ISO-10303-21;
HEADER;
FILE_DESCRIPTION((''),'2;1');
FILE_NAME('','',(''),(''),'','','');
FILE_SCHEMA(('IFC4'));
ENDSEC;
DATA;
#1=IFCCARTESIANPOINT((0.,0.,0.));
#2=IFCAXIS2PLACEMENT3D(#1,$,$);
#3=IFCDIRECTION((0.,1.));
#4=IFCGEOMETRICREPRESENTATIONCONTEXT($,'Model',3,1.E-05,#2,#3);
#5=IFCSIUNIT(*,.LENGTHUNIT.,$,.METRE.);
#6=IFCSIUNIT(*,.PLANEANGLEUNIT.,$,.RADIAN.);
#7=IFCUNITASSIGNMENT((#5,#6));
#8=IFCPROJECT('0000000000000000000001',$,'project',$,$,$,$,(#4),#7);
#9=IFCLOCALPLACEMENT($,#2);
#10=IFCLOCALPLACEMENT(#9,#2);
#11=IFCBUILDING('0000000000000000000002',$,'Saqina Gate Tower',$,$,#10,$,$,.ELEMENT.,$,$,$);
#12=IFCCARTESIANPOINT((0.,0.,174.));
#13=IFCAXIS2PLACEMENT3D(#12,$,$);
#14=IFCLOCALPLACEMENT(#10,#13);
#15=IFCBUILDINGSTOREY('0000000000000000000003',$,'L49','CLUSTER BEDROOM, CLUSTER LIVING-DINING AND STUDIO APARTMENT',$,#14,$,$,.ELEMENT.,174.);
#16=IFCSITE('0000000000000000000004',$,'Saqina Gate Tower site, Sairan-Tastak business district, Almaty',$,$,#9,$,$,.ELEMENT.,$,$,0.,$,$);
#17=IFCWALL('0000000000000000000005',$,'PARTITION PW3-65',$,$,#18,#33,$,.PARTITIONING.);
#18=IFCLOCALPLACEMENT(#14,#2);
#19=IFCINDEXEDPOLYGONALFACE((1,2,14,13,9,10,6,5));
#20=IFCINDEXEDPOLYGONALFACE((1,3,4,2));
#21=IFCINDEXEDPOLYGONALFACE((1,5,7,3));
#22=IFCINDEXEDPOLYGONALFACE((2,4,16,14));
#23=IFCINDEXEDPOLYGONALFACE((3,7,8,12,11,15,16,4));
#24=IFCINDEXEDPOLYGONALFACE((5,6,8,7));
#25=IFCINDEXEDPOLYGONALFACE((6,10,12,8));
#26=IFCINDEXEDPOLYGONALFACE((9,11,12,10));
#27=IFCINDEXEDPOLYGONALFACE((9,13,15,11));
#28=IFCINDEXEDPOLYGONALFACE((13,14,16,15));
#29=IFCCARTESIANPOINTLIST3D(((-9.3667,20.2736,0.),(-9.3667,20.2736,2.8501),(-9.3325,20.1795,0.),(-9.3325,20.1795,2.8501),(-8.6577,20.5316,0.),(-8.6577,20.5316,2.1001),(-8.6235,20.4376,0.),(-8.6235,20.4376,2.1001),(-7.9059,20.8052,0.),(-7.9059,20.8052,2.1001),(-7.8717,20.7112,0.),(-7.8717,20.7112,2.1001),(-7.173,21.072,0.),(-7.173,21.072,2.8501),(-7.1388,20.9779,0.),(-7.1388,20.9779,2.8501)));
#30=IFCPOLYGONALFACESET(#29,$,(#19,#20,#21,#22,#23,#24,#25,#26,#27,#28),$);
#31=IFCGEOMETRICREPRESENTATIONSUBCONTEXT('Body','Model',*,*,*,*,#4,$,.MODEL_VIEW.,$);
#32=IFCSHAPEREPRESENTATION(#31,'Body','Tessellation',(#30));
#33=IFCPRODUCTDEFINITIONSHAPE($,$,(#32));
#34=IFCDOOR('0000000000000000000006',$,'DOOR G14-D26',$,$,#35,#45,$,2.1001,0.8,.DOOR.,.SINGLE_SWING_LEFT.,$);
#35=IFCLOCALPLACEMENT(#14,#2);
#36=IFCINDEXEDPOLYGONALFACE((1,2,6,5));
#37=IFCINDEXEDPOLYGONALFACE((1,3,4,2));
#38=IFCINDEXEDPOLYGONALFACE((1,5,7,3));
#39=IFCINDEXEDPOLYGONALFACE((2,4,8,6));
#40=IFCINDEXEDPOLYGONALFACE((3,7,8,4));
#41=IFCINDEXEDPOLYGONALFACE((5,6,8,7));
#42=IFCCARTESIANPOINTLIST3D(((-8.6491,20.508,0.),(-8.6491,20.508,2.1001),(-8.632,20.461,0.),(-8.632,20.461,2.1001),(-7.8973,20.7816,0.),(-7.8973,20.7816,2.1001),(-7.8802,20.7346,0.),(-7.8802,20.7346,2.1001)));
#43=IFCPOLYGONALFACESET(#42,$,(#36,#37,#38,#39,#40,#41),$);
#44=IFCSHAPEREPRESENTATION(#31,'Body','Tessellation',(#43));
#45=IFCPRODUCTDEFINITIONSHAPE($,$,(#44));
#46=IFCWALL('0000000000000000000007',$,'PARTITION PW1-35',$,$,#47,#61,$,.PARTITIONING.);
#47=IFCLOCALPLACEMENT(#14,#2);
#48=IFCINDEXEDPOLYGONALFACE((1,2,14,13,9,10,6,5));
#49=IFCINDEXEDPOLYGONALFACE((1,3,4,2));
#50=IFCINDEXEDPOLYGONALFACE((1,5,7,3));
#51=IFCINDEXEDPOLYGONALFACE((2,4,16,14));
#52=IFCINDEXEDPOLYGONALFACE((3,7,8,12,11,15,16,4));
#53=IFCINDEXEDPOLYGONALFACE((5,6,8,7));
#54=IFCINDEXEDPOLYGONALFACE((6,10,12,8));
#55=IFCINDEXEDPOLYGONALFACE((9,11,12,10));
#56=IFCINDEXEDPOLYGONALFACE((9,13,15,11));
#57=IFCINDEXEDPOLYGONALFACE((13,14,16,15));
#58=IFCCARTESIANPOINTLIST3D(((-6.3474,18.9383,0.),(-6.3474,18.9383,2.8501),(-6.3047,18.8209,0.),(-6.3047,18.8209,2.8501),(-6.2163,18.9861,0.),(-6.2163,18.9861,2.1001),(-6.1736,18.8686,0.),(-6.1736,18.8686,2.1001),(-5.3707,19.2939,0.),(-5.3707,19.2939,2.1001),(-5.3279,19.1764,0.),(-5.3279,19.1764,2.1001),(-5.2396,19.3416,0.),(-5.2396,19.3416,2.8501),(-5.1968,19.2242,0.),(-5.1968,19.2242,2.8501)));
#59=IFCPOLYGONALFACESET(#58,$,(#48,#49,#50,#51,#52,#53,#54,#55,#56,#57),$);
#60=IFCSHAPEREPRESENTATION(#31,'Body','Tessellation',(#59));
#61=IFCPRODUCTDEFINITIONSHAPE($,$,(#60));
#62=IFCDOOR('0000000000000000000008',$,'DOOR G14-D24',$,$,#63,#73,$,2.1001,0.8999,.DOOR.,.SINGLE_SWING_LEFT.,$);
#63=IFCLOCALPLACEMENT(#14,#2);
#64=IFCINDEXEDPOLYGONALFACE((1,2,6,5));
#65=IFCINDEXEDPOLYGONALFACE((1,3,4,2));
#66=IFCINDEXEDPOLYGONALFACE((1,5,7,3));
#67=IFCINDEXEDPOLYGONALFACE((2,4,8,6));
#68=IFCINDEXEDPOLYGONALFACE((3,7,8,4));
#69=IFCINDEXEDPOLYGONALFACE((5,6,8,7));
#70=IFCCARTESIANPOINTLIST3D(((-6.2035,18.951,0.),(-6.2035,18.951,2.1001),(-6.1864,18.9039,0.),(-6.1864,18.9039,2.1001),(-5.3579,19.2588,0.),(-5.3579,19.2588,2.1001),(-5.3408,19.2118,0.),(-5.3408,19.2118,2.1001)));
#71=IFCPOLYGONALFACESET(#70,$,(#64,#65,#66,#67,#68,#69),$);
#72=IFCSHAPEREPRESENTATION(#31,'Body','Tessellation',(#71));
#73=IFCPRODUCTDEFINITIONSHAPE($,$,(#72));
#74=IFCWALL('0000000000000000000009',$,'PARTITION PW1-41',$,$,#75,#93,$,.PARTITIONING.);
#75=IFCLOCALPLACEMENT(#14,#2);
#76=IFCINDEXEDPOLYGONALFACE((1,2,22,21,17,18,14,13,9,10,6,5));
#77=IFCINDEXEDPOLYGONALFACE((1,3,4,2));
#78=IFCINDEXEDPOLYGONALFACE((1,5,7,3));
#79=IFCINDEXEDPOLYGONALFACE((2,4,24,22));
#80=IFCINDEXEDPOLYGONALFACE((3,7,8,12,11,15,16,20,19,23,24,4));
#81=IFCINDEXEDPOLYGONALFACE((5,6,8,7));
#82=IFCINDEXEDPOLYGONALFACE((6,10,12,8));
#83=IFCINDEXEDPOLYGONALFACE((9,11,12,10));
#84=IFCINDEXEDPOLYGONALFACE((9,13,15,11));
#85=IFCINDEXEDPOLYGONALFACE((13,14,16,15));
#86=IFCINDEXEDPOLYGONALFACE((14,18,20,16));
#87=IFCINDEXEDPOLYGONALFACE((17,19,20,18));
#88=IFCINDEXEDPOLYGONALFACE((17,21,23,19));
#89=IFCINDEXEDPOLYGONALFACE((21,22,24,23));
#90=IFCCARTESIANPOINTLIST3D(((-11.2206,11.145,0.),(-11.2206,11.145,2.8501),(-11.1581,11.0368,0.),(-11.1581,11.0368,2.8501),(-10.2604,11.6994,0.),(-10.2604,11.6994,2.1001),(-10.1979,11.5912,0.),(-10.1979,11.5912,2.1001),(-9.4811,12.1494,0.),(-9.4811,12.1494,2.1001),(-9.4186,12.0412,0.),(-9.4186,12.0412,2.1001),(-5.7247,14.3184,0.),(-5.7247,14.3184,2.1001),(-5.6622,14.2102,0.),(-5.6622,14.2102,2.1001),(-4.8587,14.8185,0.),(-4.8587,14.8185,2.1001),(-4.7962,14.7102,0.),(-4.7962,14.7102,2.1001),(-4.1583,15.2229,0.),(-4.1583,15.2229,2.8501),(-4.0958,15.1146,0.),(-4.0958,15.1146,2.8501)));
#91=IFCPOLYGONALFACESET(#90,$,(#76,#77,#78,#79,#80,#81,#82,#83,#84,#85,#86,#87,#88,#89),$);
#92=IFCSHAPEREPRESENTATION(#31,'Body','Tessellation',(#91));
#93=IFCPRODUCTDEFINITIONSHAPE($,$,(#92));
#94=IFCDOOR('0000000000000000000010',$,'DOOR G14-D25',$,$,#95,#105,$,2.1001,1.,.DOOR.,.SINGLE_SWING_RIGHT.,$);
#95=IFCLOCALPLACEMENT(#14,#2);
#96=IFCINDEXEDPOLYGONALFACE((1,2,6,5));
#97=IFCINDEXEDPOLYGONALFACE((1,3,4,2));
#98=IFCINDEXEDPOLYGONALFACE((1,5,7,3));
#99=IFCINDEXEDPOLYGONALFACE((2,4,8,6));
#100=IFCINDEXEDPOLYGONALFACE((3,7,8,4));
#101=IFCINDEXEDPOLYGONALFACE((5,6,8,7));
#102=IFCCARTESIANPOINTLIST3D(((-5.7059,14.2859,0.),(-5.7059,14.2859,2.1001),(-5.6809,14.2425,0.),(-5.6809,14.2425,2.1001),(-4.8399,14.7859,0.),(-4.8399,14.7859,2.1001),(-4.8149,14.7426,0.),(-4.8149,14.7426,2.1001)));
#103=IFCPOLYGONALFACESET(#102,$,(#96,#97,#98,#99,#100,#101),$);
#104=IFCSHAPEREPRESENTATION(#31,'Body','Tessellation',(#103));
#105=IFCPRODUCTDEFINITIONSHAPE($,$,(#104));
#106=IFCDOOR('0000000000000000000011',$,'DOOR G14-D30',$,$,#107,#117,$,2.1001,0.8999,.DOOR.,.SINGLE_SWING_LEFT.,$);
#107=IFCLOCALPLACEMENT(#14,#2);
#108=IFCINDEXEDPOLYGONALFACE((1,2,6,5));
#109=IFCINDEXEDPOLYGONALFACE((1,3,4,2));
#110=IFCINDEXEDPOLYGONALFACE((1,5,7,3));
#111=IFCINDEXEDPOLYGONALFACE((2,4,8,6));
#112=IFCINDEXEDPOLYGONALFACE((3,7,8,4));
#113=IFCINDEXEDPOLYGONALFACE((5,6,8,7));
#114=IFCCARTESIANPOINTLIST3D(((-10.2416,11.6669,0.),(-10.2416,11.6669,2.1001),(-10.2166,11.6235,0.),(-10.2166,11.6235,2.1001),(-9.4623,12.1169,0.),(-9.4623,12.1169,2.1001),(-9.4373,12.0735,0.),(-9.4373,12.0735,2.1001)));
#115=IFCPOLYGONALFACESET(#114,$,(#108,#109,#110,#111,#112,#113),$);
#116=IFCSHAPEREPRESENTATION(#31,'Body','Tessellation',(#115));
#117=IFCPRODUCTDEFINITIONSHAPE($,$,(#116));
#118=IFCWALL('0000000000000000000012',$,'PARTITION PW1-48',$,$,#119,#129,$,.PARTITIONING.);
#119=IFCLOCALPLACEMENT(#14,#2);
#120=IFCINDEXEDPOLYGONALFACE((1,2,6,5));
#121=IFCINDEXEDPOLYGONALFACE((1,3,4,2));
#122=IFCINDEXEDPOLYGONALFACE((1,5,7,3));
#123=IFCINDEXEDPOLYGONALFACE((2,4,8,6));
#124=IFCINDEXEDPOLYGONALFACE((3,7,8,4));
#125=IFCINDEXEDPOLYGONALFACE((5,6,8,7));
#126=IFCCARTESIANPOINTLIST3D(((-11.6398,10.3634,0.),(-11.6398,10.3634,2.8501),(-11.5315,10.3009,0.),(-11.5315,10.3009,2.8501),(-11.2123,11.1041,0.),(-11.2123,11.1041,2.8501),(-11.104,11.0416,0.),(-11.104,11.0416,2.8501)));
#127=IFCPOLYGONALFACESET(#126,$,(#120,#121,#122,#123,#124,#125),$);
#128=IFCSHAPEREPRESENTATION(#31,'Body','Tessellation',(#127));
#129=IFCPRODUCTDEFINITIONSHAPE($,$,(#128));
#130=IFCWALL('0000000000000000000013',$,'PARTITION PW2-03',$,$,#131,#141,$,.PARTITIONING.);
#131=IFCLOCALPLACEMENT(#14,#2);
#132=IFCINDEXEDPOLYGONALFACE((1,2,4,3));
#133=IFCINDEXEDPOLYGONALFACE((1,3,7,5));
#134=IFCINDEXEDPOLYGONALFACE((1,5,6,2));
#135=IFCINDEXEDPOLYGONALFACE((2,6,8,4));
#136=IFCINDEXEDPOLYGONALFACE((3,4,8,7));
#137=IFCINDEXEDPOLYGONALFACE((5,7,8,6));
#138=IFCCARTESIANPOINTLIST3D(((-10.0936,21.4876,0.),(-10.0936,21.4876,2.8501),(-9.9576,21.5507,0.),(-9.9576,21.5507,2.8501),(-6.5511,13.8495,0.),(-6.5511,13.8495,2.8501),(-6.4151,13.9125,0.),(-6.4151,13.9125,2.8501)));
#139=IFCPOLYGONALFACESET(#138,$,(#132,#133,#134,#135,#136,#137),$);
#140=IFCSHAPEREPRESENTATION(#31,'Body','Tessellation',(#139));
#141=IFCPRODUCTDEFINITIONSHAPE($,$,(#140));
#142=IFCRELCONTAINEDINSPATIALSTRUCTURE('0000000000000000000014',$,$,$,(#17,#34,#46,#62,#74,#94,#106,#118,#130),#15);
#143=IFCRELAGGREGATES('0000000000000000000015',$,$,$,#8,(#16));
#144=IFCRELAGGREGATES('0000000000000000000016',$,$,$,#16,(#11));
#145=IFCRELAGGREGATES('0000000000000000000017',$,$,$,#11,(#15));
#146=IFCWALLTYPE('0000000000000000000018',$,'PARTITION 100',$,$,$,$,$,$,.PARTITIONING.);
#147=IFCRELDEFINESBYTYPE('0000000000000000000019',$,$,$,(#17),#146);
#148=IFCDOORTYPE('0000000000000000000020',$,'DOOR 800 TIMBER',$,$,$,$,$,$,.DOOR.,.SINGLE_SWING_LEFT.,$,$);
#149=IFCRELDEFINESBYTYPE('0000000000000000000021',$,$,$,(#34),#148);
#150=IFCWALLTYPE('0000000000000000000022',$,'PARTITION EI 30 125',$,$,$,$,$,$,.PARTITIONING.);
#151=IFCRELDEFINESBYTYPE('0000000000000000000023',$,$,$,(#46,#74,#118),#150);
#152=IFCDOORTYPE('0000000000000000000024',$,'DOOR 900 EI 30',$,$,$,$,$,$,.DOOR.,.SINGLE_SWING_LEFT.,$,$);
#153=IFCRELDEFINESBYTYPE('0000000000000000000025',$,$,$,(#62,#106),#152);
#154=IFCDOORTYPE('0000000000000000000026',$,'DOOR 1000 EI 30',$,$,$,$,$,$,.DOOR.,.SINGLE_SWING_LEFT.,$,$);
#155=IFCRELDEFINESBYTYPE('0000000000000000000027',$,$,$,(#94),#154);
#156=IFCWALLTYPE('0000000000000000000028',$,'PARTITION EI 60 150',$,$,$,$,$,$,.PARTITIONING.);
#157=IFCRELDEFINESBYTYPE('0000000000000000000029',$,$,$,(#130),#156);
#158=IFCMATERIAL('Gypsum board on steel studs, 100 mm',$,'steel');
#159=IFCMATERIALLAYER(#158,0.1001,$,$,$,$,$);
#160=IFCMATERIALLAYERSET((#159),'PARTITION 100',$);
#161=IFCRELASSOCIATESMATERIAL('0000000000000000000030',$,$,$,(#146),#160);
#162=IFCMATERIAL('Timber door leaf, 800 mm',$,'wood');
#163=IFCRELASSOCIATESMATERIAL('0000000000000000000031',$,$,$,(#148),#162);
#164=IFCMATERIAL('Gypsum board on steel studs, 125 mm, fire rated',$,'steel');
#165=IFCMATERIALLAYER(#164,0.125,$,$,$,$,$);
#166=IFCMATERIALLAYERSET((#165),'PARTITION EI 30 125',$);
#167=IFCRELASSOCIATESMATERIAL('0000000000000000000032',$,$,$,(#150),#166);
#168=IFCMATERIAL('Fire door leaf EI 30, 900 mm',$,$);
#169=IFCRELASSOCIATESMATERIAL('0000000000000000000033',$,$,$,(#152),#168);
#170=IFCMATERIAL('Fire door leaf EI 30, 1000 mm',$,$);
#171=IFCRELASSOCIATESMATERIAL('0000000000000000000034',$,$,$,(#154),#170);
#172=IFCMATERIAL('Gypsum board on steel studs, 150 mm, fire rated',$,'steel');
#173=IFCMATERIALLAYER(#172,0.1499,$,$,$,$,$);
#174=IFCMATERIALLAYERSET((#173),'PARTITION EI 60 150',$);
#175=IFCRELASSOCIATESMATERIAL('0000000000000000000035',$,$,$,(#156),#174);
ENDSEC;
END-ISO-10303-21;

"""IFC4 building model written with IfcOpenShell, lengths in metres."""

from ifc_helpers import new_model, si_unit, direction, frame, frame_2d, origin, place, context, subcontext, project, spatial, rectangle, extrude, material, layer, layer_set, type_object, element, fill, save


model = new_model("IFC4")

# Units and contexts
model_context = context("Model", 3, precision=1e-05, world=origin(), true_north=direction((0.0, 1.0)))
body_context = subcontext(model_context, "Body", "Model", "MODEL_VIEW")
ifc_project = project(units=[si_unit("LENGTHUNIT", "METRE"), si_unit("PLANEANGLEUNIT", "RADIAN")], contexts=[model_context])

# Site, building, storey
site_placement = place(None, origin())
site = spatial("IfcSite", under=ifc_project, at=site_placement, Name="Saqina Gate Tower site, Sairan-Tastak business district, Almaty", CompositionType="ELEMENT", RefElevation=0.0)
building_placement = place(site_placement, origin())
building = spatial("IfcBuilding", under=site, at=building_placement, Name="Saqina Gate Tower", CompositionType="ELEMENT")
storey_placement = place(building_placement, frame((0.0, 0.0, 174.0)))
storey = spatial("IfcBuildingStorey", under=building, at=storey_placement, Name="L49", Description="CLUSTER BEDROOM, CLUSTER LIVING-DINING AND STUDIO APARTMENT", CompositionType="ELEMENT", Elevation=174.0)

# Shared definitions
ifc_material_1 = material(Name="Gypsum board on steel studs, 100 mm", Category="steel")
ifc_layer_1 = layer(ifc_material_1, 0.1001)
ifc_layer_set_1 = layer_set([ifc_layer_1], Name="PARTITION 100")
wall_type_1 = type_object("IfcWallType", Name="PARTITION 100", PredefinedType="PARTITIONING", material=ifc_layer_set_1)

# Walls, openings, doors
wall_1_placement = place(storey_placement, frame((-9.3496, 20.2266, 0.0), z_axis=(0.0, 0.0, 1.0), x_axis=(0.939702, 0.341995, 0.0)))
wall_1 = element("IfcWall", 1, at=wall_1_placement, inside=storey, type_object=wall_type_1, Name="PARTITION PW3-65", PredefinedType="PARTITIONING", context=body_context, shape_type="SweptSolid", body=[
    extrude(rectangle(XDim=2.3345, YDim=0.1001, at=frame_2d((1.1672, 0.0))), origin(), (0.0, 0.0, 1.0), 2.8501),
])
opening_1_placement = place(wall_1_placement, frame((0.7546, 0.0, 0.0)))
opening_1 = element("IfcOpeningElement", 2, at=opening_1_placement, cuts=wall_1, PredefinedType="OPENING", context=body_context, shape_type="SweptSolid", body=[
    extrude(rectangle(XDim=0.8, YDim=2.1001, at=frame_2d((0.3999, 1.05))), frame((0.0, 0.062, 0.0), z_axis=(0.0, -1.0, 0.0), x_axis=(1.0, 0.0, 0.0)), (0.0, 0.0, 1.0), 0.124),
])
ifc_material_2 = material(Name="Timber door leaf, 800 mm", Category="wood")
door_type_1 = type_object("IfcDoorType", Name="DOOR 800 TIMBER", OperationType="SINGLE_SWING_LEFT", PredefinedType="DOOR", material=ifc_material_2)
door_1_placement = place(opening_1_placement, origin())
door_1 = element("IfcDoor", 3, at=door_1_placement, inside=storey, type_object=door_type_1, Name="DOOR G14-D26", OperationType="SINGLE_SWING_LEFT", OverallHeight=2.1001, OverallWidth=0.8, PredefinedType="DOOR", context=body_context, shape_type="SweptSolid", body=[
    extrude(rectangle(XDim=0.8, YDim=2.1001, at=frame_2d((0.3999, 1.05))), frame((0.0, 0.0249, 0.0), z_axis=(0.0, -1.0, 0.0), x_axis=(1.0, 0.0, 0.0)), (0.0, 0.0, 1.0), 0.05),
])
fill(opening_1, door_1)
ifc_material_3 = material(Name="Gypsum board on steel studs, 125 mm, fire rated", Category="steel")
ifc_layer_2 = layer(ifc_material_3, 0.125)
ifc_layer_set_2 = layer_set([ifc_layer_2], Name="PARTITION EI 30 125")
wall_type_2 = type_object("IfcWallType", Name="PARTITION EI 30 125", PredefinedType="PARTITIONING", material=ifc_layer_set_2)
wall_2_placement = place(storey_placement, frame((-6.3259, 18.8796, 0.0), z_axis=(0.0, 0.0, 1.0), x_axis=(0.939672, 0.342076, 0.0)))
wall_2 = element("IfcWall", 4, at=wall_2_placement, inside=storey, type_object=wall_type_2, Name="PARTITION PW1-35", PredefinedType="PARTITIONING", context=body_context, shape_type="SweptSolid", body=[
    extrude(rectangle(XDim=1.179, YDim=0.125, at=frame_2d((0.5894, 0.0))), origin(), (0.0, 0.0, 1.0), 2.8501),
])
opening_2_placement = place(wall_2_placement, frame((0.1394, 0.0, 0.0)))
opening_2 = element("IfcOpeningElement", 5, at=opening_2_placement, cuts=wall_2, PredefinedType="OPENING", context=body_context, shape_type="SweptSolid", body=[
    extrude(rectangle(XDim=0.8999, YDim=2.1001, at=frame_2d((0.45, 1.05))), frame((0.0, 0.0745, 0.0), z_axis=(0.0, -1.0, 0.0), x_axis=(1.0, 0.0, 0.0)), (0.0, 0.0, 1.0), 0.1489),
])
ifc_material_4 = material(Name="Fire door leaf EI 30, 900 mm")
door_type_2 = type_object("IfcDoorType", Name="DOOR 900 EI 30", OperationType="SINGLE_SWING_LEFT", PredefinedType="DOOR", material=ifc_material_4)
door_2_placement = place(opening_2_placement, frame((0.8999, 0.0, 0.0), z_axis=(0.0, 0.0, 1.0), x_axis=(-1.0, 0.0, 0.0)))
door_2 = element("IfcDoor", 6, at=door_2_placement, inside=storey, type_object=door_type_2, Name="DOOR G14-D24", OperationType="SINGLE_SWING_LEFT", OverallHeight=2.1001, OverallWidth=0.8999, PredefinedType="DOOR", context=body_context, shape_type="SweptSolid", body=[
    extrude(rectangle(XDim=0.8999, YDim=2.1001, at=frame_2d((0.45, 1.05))), frame((0.0, 0.0249, 0.0), z_axis=(0.0, -1.0, 0.0), x_axis=(1.0, 0.0, 0.0)), (0.0, 0.0, 1.0), 0.05),
])
fill(opening_2, door_2)

# Wall, openings, doors
wall_3_placement = place(storey_placement, frame((-11.1895, 11.0908, 0.0), z_axis=(0.0, 0.0, 1.0), x_axis=(0.866, 0.500045, 0.0)))
wall_3 = element("IfcWall", 7, at=wall_3_placement, inside=storey, type_object=wall_type_2, Name="PARTITION PW1-41", PredefinedType="PARTITIONING", context=body_context, shape_type="SweptSolid", body=[
    extrude(rectangle(XDim=8.155, YDim=0.125, at=frame_2d((4.0776, 0.0))), origin(), (0.0, 0.0, 1.0), 2.8501),
])
opening_3_placement = place(wall_3_placement, frame((6.3464, 0.0, 0.0)))
opening_3 = element("IfcOpeningElement", 8, at=opening_3_placement, cuts=wall_3, PredefinedType="OPENING", context=body_context, shape_type="SweptSolid", body=[
    extrude(rectangle(XDim=1.0, YDim=2.1001, at=frame_2d((0.5, 1.05))), frame((0.0, 0.0745, 0.0), z_axis=(0.0, -1.0, 0.0), x_axis=(1.0, 0.0, 0.0)), (0.0, 0.0, 1.0), 0.1489),
])
opening_4_placement = place(wall_3_placement, frame((1.1089, 0.0, 0.0)))
opening_4 = element("IfcOpeningElement", 9, at=opening_4_placement, cuts=wall_3, PredefinedType="OPENING", context=body_context, shape_type="SweptSolid", body=[
    extrude(rectangle(XDim=0.8999, YDim=2.1001, at=frame_2d((0.45, 1.05))), frame((0.0, 0.0745, 0.0), z_axis=(0.0, -1.0, 0.0), x_axis=(1.0, 0.0, 0.0)), (0.0, 0.0, 1.0), 0.1489),
])
ifc_material_5 = material(Name="Fire door leaf EI 30, 1000 mm")
door_type_3 = type_object("IfcDoorType", Name="DOOR 1000 EI 30", OperationType="SINGLE_SWING_LEFT", PredefinedType="DOOR", material=ifc_material_5)
door_3_placement = place(opening_3_placement, origin())
door_3 = element("IfcDoor", 10, at=door_3_placement, inside=storey, type_object=door_type_3, Name="DOOR G14-D25", OperationType="SINGLE_SWING_RIGHT", OverallHeight=2.1001, OverallWidth=1.0, PredefinedType="DOOR", context=body_context, shape_type="SweptSolid", body=[
    extrude(rectangle(XDim=1.0, YDim=2.1001, at=frame_2d((0.5, 1.05))), frame((0.0, 0.0249, 0.0), z_axis=(0.0, -1.0, 0.0), x_axis=(1.0, 0.0, 0.0)), (0.0, 0.0, 1.0), 0.05),
])
fill(opening_3, door_3)
door_4_placement = place(opening_4_placement, origin())
door_4 = element("IfcDoor", 11, at=door_4_placement, inside=storey, type_object=door_type_2, Name="DOOR G14-D30", OperationType="SINGLE_SWING_LEFT", OverallHeight=2.1001, OverallWidth=0.8999, PredefinedType="DOOR", context=body_context, shape_type="SweptSolid", body=[
    extrude(rectangle(XDim=0.8999, YDim=2.1001, at=frame_2d((0.45, 1.05))), frame((0.0, 0.0249, 0.0), z_axis=(0.0, -1.0, 0.0), x_axis=(1.0, 0.0, 0.0)), (0.0, 0.0, 1.0), 0.05),
])
fill(opening_4, door_4)

# Walls
wall_4_placement = place(storey_placement, frame((-11.5857, 10.332, 0.0), z_axis=(0.0, 0.0, 1.0), x_axis=(0.499854, 0.86611, 0.0)))
element("IfcWall", 12, at=wall_4_placement, inside=storey, type_object=wall_type_2, Name="PARTITION PW1-48", PredefinedType="PARTITIONING", context=body_context, shape_type="SweptSolid", body=[
    extrude(rectangle(XDim=0.8552, YDim=0.125, at=frame_2d((0.4277, 0.0))), origin(), (0.0, 0.0, 1.0), 2.8501),
])
ifc_material_6 = material(Name="Gypsum board on steel studs, 150 mm, fire rated", Category="steel")
ifc_layer_3 = layer(ifc_material_6, 0.1499)
ifc_layer_set_3 = layer_set([ifc_layer_3], Name="PARTITION EI 60 150")
wall_type_3 = type_object("IfcWallType", Name="PARTITION EI 60 150", PredefinedType="PARTITIONING", material=ifc_layer_set_3)
wall_5_placement = place(storey_placement, frame((-10.0256, 21.5193, 0.0), z_axis=(0.0, 0.0, 1.0), x_axis=(0.420738, -0.907182, 0.0)))
element("IfcWall", 13, at=wall_5_placement, inside=storey, type_object=wall_type_3, Name="PARTITION PW2-03", PredefinedType="PARTITIONING", context=body_context, shape_type="SweptSolid", body=[
    extrude(rectangle(XDim=8.4197, YDim=0.1499, at=frame_2d((4.21, 0.0))), origin(), (0.0, 0.0, 1.0), 2.8501),
])

save(model, "model.ifc")
